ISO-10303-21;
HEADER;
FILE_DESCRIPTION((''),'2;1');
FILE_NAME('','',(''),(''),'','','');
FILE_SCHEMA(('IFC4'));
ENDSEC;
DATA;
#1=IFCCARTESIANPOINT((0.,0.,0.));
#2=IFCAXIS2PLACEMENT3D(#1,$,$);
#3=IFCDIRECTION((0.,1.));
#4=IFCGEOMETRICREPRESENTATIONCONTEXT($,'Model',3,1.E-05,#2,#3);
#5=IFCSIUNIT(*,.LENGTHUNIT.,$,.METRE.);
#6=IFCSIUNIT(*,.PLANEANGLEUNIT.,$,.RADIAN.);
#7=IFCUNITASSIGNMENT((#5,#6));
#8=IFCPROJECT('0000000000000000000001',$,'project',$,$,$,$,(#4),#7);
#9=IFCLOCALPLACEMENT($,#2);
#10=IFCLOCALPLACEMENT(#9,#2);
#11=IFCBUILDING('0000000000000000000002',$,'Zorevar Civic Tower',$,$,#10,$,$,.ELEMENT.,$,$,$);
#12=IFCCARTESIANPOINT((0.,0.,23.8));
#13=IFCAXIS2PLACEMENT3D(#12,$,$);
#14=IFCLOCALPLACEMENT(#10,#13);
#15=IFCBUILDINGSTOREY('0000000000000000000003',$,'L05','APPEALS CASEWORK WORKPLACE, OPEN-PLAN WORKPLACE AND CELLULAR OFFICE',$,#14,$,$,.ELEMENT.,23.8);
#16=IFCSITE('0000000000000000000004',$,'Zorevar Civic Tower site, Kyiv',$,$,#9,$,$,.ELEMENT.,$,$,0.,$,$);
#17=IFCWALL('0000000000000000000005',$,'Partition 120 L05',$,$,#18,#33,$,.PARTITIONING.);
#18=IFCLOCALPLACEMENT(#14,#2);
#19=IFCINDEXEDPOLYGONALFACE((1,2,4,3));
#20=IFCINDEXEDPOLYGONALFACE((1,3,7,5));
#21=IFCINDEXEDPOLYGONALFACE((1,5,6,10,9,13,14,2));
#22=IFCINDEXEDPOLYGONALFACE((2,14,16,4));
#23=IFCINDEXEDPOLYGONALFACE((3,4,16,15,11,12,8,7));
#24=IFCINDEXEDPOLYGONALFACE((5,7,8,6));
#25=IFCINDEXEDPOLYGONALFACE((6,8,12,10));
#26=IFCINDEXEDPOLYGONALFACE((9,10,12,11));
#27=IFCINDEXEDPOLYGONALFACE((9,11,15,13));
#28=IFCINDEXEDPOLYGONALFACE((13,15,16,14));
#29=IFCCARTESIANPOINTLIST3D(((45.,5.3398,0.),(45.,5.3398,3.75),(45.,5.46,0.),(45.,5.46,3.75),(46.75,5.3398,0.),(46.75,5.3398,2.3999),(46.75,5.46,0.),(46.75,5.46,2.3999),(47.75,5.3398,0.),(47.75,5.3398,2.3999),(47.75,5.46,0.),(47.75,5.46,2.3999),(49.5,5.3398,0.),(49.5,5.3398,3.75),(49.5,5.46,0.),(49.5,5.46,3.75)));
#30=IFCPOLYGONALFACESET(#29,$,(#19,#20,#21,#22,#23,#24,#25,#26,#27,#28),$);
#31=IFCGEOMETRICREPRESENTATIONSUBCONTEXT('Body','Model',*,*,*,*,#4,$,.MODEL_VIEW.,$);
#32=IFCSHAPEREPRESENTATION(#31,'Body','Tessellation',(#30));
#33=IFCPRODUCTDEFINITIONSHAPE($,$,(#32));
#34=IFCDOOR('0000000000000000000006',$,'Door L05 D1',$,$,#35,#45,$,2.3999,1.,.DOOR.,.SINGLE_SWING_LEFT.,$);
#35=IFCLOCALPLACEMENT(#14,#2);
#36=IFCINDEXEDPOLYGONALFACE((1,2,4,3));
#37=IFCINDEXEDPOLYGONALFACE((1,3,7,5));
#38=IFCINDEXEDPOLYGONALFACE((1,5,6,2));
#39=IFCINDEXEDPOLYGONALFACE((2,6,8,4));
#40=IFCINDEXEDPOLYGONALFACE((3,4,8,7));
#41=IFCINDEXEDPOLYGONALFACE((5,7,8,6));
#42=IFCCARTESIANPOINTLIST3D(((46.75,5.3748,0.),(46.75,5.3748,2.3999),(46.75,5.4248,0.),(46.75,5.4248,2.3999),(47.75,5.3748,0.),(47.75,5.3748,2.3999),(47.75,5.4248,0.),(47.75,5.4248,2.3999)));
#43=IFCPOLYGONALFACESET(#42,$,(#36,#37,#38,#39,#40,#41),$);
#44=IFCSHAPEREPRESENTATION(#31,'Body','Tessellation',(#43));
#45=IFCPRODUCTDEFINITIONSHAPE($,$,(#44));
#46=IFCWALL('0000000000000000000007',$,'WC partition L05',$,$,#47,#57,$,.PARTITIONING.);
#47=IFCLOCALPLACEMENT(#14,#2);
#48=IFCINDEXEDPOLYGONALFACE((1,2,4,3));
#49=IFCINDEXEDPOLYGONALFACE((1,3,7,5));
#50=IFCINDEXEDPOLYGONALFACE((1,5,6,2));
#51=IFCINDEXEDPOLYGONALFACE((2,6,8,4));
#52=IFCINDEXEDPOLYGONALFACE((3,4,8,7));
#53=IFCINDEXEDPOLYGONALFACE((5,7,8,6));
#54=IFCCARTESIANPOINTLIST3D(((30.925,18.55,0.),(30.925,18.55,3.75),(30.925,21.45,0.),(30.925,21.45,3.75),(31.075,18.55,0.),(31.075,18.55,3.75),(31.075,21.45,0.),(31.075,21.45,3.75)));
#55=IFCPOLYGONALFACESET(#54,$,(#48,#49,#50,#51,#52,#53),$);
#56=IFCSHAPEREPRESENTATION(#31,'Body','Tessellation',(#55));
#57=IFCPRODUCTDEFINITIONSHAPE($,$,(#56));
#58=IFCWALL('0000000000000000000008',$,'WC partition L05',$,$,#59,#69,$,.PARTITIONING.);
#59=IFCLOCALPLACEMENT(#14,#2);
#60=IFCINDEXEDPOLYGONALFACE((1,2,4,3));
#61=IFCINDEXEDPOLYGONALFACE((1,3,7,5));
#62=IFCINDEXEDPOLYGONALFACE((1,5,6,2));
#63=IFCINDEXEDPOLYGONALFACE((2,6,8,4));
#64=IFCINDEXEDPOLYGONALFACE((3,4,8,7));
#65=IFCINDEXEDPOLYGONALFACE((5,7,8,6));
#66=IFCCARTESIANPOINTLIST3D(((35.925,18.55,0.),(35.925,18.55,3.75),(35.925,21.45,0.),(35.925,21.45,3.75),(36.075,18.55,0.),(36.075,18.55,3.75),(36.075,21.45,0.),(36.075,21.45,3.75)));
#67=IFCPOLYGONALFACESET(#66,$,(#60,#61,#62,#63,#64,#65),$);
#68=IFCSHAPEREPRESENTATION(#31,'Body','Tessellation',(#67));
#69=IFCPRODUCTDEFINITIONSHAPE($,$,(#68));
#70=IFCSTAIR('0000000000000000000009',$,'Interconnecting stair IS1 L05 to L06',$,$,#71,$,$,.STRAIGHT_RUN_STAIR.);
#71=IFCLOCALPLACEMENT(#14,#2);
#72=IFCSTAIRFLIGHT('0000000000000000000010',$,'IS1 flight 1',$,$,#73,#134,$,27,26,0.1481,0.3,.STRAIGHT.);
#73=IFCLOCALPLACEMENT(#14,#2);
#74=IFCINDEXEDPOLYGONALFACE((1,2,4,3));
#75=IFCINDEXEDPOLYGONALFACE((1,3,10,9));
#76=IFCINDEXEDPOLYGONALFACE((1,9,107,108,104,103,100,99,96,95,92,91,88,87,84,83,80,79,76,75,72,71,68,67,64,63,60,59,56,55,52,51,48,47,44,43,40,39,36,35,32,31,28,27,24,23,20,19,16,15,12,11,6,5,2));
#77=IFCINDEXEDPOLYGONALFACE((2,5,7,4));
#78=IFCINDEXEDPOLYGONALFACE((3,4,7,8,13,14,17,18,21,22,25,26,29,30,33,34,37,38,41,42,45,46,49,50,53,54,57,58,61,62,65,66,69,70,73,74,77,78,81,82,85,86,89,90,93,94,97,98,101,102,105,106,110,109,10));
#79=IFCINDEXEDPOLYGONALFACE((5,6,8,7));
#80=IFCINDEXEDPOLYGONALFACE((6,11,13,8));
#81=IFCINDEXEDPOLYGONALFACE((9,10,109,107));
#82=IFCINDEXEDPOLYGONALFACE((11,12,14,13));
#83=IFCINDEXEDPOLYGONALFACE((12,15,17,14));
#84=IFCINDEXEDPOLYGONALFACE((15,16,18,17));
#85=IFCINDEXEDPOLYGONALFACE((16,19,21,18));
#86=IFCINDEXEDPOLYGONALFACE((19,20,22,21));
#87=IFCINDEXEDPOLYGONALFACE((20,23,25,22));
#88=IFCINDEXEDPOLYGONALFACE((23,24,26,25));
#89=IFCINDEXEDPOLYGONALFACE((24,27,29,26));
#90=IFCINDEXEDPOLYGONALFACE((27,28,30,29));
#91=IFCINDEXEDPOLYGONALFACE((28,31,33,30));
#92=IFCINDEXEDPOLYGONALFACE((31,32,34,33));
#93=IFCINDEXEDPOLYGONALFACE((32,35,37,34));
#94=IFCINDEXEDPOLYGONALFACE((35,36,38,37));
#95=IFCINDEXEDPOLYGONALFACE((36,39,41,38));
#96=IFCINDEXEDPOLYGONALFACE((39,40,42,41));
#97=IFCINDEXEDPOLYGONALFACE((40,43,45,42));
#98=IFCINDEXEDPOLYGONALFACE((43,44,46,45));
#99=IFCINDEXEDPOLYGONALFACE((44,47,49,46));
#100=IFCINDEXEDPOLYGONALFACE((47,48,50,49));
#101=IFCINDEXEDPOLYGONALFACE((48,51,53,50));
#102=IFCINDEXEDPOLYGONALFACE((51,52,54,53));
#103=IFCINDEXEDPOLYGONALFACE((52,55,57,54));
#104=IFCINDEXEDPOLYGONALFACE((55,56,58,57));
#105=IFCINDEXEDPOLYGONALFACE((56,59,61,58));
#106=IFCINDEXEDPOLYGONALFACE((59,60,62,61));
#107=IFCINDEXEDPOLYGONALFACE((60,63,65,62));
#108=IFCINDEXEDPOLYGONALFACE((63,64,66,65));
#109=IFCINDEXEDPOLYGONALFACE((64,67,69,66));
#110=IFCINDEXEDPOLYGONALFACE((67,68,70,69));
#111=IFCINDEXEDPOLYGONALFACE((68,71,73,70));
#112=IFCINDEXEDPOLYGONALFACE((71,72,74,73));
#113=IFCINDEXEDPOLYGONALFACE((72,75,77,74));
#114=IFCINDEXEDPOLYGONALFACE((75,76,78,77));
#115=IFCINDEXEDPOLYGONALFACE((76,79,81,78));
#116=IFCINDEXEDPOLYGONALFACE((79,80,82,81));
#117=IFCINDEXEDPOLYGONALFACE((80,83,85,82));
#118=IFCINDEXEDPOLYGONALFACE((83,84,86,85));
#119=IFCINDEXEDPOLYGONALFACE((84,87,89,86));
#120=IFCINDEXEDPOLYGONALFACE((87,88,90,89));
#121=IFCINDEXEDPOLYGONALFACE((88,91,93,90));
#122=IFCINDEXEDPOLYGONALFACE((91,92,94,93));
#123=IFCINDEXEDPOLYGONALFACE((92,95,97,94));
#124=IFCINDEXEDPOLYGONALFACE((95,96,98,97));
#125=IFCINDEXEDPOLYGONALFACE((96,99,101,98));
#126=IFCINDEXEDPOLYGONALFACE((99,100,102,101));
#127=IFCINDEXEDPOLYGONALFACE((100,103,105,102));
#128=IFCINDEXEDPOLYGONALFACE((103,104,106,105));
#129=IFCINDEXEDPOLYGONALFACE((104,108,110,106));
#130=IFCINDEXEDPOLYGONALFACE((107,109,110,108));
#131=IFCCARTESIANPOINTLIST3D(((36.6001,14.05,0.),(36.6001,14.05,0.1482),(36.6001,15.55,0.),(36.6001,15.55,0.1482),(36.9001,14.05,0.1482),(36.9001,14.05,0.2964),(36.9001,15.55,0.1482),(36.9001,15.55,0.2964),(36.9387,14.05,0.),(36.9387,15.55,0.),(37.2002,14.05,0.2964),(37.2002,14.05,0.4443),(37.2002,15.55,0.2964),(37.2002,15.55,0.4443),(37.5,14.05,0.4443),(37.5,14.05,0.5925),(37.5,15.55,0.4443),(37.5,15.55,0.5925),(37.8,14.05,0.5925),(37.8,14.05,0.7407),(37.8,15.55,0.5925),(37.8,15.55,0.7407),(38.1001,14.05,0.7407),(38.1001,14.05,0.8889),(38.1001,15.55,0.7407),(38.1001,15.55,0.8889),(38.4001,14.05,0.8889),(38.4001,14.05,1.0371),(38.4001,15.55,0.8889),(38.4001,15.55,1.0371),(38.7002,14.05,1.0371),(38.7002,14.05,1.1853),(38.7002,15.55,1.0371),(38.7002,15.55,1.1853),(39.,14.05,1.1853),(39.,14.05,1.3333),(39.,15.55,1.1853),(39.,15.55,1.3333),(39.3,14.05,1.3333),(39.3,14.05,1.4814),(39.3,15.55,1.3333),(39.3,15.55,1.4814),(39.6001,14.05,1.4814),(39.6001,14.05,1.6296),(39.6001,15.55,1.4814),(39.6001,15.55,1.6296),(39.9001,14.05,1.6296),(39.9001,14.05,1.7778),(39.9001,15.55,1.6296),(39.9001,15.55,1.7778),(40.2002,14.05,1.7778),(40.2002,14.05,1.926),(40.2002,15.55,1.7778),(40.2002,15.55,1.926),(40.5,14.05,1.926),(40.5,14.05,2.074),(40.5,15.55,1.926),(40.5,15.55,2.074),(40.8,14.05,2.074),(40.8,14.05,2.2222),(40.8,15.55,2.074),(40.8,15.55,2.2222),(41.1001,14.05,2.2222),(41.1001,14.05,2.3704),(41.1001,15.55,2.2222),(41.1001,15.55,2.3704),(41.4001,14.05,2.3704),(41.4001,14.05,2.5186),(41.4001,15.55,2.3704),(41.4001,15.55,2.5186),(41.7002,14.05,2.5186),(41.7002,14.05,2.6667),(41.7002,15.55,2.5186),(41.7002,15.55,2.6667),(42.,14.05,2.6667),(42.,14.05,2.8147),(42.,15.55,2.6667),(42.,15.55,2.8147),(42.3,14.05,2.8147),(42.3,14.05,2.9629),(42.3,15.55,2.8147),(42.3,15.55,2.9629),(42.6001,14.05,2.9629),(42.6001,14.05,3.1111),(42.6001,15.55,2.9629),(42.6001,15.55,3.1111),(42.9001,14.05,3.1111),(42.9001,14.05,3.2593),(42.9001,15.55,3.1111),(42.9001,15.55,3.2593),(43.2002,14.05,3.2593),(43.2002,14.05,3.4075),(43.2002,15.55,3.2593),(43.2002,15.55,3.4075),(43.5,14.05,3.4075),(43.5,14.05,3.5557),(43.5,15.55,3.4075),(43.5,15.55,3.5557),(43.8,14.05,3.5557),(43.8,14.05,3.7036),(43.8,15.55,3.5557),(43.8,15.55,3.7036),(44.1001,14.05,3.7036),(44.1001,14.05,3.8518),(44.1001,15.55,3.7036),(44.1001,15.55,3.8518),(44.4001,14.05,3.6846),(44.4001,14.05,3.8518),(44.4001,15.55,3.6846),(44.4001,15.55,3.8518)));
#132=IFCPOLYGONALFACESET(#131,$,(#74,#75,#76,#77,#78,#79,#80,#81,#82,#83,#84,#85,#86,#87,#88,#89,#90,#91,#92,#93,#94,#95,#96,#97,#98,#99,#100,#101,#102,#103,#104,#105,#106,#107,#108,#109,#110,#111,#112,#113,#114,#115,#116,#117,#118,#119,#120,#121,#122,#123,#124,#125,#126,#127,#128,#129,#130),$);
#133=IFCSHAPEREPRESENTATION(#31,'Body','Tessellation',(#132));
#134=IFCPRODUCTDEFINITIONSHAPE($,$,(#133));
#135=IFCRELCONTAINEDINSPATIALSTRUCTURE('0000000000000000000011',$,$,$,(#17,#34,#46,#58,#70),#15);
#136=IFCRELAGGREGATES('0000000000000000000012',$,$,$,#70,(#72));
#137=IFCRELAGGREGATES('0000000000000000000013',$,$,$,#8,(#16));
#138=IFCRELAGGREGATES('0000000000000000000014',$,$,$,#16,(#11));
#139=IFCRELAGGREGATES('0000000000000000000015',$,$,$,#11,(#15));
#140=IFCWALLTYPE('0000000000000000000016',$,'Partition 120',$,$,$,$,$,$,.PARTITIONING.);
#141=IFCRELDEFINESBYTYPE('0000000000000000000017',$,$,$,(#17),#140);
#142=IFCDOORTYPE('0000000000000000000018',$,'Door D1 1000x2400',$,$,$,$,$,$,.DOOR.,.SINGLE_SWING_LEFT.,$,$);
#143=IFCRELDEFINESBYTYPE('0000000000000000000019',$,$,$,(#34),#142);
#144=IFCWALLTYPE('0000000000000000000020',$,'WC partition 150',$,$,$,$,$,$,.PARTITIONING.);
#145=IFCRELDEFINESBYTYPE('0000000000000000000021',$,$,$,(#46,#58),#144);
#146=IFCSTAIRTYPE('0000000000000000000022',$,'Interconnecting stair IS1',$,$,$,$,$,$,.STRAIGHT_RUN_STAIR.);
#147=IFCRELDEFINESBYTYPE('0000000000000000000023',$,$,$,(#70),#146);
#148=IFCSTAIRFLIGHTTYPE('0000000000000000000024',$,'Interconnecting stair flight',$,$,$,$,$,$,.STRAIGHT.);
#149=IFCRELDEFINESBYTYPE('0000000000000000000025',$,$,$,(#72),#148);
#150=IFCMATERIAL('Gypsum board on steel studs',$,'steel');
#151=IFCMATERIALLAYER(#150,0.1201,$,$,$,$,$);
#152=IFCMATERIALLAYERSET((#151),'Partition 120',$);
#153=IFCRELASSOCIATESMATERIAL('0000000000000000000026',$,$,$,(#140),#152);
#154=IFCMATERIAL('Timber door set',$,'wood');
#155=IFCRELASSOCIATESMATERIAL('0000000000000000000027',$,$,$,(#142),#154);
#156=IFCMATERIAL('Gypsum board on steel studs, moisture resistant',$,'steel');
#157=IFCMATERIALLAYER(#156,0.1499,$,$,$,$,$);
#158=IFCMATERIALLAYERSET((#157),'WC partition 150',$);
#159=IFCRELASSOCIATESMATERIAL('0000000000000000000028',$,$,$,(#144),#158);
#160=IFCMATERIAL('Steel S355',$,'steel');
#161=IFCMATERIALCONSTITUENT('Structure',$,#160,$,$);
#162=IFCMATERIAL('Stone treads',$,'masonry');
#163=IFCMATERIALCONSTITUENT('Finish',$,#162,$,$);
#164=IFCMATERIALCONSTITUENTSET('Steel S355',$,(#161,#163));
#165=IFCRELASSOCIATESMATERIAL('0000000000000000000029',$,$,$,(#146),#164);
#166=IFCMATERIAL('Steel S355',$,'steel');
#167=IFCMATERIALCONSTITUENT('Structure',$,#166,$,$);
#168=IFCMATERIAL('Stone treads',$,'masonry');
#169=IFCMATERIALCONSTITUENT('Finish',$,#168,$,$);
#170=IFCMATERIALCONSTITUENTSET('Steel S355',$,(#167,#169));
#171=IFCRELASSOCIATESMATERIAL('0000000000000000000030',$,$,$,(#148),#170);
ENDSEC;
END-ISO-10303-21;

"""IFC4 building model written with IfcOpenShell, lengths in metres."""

from ifc_helpers import new_model, si_unit, direction, frame, frame_2d, origin, place, context, subcontext, project, spatial, polyline, rectangle, outline, extrude, material, layer, layer_set, constituent, constituent_set, type_object, element, fill, aggregate, save


model = new_model("IFC4")

# Units and contexts
model_context = context("Model", 3, precision=1e-05, world=origin(), true_north=direction((0.0, 1.0)))
body_context = subcontext(model_context, "Body", "Model", "MODEL_VIEW")
ifc_project = project(units=[si_unit("LENGTHUNIT", "METRE"), si_unit("PLANEANGLEUNIT", "RADIAN")], contexts=[model_context])

# Site, building, storey
site_placement = place(None, origin())
site = spatial("IfcSite", under=ifc_project, at=site_placement, Name="Zorevar Civic Tower site, Kyiv", CompositionType="ELEMENT", RefElevation=0.0)
building_placement = place(site_placement, origin())
building = spatial("IfcBuilding", under=site, at=building_placement, Name="Zorevar Civic Tower", CompositionType="ELEMENT")
storey_placement = place(building_placement, frame((0.0, 0.0, 23.8)))
storey = spatial("IfcBuildingStorey", under=building, at=storey_placement, Name="L05", Description="APPEALS CASEWORK WORKPLACE, OPEN-PLAN WORKPLACE AND CELLULAR OFFICE", CompositionType="ELEMENT", Elevation=23.8)

# Wall, opening, door
ifc_material_1 = material(Name="Gypsum board on steel studs", Category="steel")
ifc_layer_1 = layer(ifc_material_1, 0.1201)
ifc_layer_set_1 = layer_set([ifc_layer_1], Name="Partition 120")
wall_type_1 = type_object("IfcWallType", Name="Partition 120", PredefinedType="PARTITIONING", material=ifc_layer_set_1)
ifc_material_2 = material(Name="Timber door set", Category="wood")
door_type_1 = type_object("IfcDoorType", Name="Door D1 1000x2400", OperationType="SINGLE_SWING_LEFT", PredefinedType="DOOR", material=ifc_material_2)
wall_1_placement = place(storey_placement, frame((45.0, 5.3999, 0.0), z_axis=(0.0, 0.0, 1.0), x_axis=(1.0, 0.0, 0.0)))
wall_1 = element("IfcWall", 1, at=wall_1_placement, inside=storey, type_object=wall_type_1, Name="Partition 120 L05", PredefinedType="PARTITIONING", context=body_context, shape_type="SweptSolid", body=[
    extrude(rectangle(XDim=4.5, YDim=0.1201, at=frame_2d((2.25, 0.0))), origin(), (0.0, 0.0, 1.0), 3.75),
])
opening_1_placement = place(wall_1_placement, frame((1.75, 0.0, 0.0)))
opening_1 = element("IfcOpeningElement", 2, at=opening_1_placement, cuts=wall_1, PredefinedType="OPENING", context=body_context, shape_type="SweptSolid", body=[
    extrude(rectangle(XDim=1.0, YDim=2.3999, at=frame_2d((0.5, 1.2))), frame((0.0, 0.0701, 0.0), z_axis=(0.0, -1.0, 0.0), x_axis=(1.0, 0.0, 0.0)), (0.0, 0.0, 1.0), 0.1401),
])
door_1_placement = place(opening_1_placement, origin())
door_1 = element("IfcDoor", 3, at=door_1_placement, inside=storey, type_object=door_type_1, Name="Door L05 D1", OperationType="SINGLE_SWING_LEFT", OverallHeight=2.3999, OverallWidth=1.0, PredefinedType="DOOR", context=body_context, shape_type="SweptSolid", body=[
    extrude(rectangle(XDim=1.0, YDim=2.3999, at=frame_2d((0.5, 1.2))), frame((0.0, 0.0249, 0.0), z_axis=(0.0, -1.0, 0.0), x_axis=(1.0, 0.0, 0.0)), (0.0, 0.0, 1.0), 0.05),
])
fill(opening_1, door_1)

# Walls
ifc_material_3 = material(Name="Gypsum board on steel studs, moisture resistant", Category="steel")
ifc_layer_2 = layer(ifc_material_3, 0.1499)
ifc_layer_set_2 = layer_set([ifc_layer_2], Name="WC partition 150")
wall_type_2 = type_object("IfcWallType", Name="WC partition 150", PredefinedType="PARTITIONING", material=ifc_layer_set_2)
for number, where, z_axis, x_axis, name in (
    (4, (31.0, 18.55, 0.0), (0.0, 0.0, 1.0), (0.0, 1.0, 0.0), "WC partition L05"),
    (5, (36.0, 18.55, 0.0), (0.0, 0.0, 1.0), (0.0, 1.0, 0.0), "WC partition L05"),
):
    element("IfcWall", number, at=place(storey_placement, frame(where, z_axis=z_axis, x_axis=x_axis)), inside=storey, type_object=wall_type_2, Name=name, PredefinedType="PARTITIONING", context=body_context, shape_type="SweptSolid", body=[
        extrude(rectangle(XDim=2.8999, YDim=0.1499, at=frame_2d((1.45, 0.0))), origin(), (0.0, 0.0, 1.0), 3.75),
    ])

# Stair, stair flight
ifc_material_4 = material(Name="Steel S355", Category="steel")
ifc_constituent_1 = constituent(ifc_material_4, Name="Structure")
ifc_material_5 = material(Name="Stone treads", Category="masonry")
ifc_constituent_2 = constituent(ifc_material_5, Name="Finish")
ifc_constituent_set_1 = constituent_set(constituents=[ifc_constituent_1, ifc_constituent_2], Name="Steel S355")
stair_type = type_object("IfcStairType", Name="Interconnecting stair IS1", PredefinedType="STRAIGHT_RUN_STAIR", material=ifc_constituent_set_1)
stair_placement = place(storey_placement, origin())
stair = element("IfcStair", 6, at=stair_placement, inside=storey, type_object=stair_type, Name="Interconnecting stair IS1 L05 to L06", PredefinedType="STRAIGHT_RUN_STAIR")
ifc_material_6 = material(Name="Steel S355", Category="steel")
ifc_constituent_3 = constituent(ifc_material_6, Name="Structure")
ifc_material_7 = material(Name="Stone treads", Category="masonry")
ifc_constituent_4 = constituent(ifc_material_7, Name="Finish")
ifc_constituent_set_2 = constituent_set(constituents=[ifc_constituent_3, ifc_constituent_4], Name="Steel S355")
stair_flight_type = type_object("IfcStairFlightType", Name="Interconnecting stair flight", PredefinedType="STRAIGHT", material=ifc_constituent_set_2)
stair_flight_placement = place(storey_placement, frame((36.6001, 14.8, 0.0), z_axis=(0.0, 0.0, 1.0), x_axis=(1.0, 0.0, 0.0)))
stair_flight = element("IfcStairFlight", 7, at=stair_flight_placement, type_object=stair_flight_type, Name="IS1 flight 1", NumberOfRisers=27, NumberOfTreads=26, PredefinedType="STRAIGHT", RiserHeight=0.1481, TreadLength=0.3, context=body_context, shape_type="SweptSolid", body=[
    extrude(outline(polyline([(0.0, 0.0), (0.0, 0.1482), (0.3, 0.1482), (0.3, 0.2964), (0.6001, 0.2964), (0.6001, 0.4443), (0.8999, 0.4443), (0.8999, 0.5925), (1.2, 0.5925), (1.2, 0.7407), (1.5, 0.7407), (1.5, 0.8889), (1.8, 0.8889), (1.8, 1.0371), (2.1001, 1.0371), (2.1001, 1.1853), (2.3999, 1.1853), (2.3999, 1.3333), (2.7, 1.3333), (2.7, 1.4814), (3.0, 1.4814), (3.0, 1.6296), (3.3, 1.6296), (3.3, 1.7778), (3.6001, 1.7778), (3.6001, 1.926), (3.8999, 1.926), (3.8999, 2.074), (4.2, 2.074), (4.2, 2.2222), (4.5, 2.2222), (4.5, 2.3704), (4.8, 2.3704), (4.8, 2.5186), (5.1001, 2.5186), (5.1001, 2.6667), (5.3999, 2.6667), (5.3999, 2.8147), (5.7, 2.8147), (5.7, 2.9629), (6.0, 2.9629), (6.0, 3.1111), (6.3, 3.1111), (6.3, 3.2593), (6.6001, 3.2593), (6.6001, 3.4075), (6.8999, 3.4075), (6.8999, 3.5557), (7.2, 3.5557), (7.2, 3.7036), (7.5, 3.7036), (7.5, 3.8518), (7.8, 3.8518), (7.8, 4.0), (7.8, 3.6846), (0.3386, 0.0), (0.0, 0.0)])), frame((0.0, 0.75, 0.0), z_axis=(0.0, -1.0, 0.0), x_axis=(1.0, 0.0, 0.0)), (0.0, 0.0, 1.0), 1.5),
])
aggregate(stair, [stair_flight])

save(model, "model.ifc")
